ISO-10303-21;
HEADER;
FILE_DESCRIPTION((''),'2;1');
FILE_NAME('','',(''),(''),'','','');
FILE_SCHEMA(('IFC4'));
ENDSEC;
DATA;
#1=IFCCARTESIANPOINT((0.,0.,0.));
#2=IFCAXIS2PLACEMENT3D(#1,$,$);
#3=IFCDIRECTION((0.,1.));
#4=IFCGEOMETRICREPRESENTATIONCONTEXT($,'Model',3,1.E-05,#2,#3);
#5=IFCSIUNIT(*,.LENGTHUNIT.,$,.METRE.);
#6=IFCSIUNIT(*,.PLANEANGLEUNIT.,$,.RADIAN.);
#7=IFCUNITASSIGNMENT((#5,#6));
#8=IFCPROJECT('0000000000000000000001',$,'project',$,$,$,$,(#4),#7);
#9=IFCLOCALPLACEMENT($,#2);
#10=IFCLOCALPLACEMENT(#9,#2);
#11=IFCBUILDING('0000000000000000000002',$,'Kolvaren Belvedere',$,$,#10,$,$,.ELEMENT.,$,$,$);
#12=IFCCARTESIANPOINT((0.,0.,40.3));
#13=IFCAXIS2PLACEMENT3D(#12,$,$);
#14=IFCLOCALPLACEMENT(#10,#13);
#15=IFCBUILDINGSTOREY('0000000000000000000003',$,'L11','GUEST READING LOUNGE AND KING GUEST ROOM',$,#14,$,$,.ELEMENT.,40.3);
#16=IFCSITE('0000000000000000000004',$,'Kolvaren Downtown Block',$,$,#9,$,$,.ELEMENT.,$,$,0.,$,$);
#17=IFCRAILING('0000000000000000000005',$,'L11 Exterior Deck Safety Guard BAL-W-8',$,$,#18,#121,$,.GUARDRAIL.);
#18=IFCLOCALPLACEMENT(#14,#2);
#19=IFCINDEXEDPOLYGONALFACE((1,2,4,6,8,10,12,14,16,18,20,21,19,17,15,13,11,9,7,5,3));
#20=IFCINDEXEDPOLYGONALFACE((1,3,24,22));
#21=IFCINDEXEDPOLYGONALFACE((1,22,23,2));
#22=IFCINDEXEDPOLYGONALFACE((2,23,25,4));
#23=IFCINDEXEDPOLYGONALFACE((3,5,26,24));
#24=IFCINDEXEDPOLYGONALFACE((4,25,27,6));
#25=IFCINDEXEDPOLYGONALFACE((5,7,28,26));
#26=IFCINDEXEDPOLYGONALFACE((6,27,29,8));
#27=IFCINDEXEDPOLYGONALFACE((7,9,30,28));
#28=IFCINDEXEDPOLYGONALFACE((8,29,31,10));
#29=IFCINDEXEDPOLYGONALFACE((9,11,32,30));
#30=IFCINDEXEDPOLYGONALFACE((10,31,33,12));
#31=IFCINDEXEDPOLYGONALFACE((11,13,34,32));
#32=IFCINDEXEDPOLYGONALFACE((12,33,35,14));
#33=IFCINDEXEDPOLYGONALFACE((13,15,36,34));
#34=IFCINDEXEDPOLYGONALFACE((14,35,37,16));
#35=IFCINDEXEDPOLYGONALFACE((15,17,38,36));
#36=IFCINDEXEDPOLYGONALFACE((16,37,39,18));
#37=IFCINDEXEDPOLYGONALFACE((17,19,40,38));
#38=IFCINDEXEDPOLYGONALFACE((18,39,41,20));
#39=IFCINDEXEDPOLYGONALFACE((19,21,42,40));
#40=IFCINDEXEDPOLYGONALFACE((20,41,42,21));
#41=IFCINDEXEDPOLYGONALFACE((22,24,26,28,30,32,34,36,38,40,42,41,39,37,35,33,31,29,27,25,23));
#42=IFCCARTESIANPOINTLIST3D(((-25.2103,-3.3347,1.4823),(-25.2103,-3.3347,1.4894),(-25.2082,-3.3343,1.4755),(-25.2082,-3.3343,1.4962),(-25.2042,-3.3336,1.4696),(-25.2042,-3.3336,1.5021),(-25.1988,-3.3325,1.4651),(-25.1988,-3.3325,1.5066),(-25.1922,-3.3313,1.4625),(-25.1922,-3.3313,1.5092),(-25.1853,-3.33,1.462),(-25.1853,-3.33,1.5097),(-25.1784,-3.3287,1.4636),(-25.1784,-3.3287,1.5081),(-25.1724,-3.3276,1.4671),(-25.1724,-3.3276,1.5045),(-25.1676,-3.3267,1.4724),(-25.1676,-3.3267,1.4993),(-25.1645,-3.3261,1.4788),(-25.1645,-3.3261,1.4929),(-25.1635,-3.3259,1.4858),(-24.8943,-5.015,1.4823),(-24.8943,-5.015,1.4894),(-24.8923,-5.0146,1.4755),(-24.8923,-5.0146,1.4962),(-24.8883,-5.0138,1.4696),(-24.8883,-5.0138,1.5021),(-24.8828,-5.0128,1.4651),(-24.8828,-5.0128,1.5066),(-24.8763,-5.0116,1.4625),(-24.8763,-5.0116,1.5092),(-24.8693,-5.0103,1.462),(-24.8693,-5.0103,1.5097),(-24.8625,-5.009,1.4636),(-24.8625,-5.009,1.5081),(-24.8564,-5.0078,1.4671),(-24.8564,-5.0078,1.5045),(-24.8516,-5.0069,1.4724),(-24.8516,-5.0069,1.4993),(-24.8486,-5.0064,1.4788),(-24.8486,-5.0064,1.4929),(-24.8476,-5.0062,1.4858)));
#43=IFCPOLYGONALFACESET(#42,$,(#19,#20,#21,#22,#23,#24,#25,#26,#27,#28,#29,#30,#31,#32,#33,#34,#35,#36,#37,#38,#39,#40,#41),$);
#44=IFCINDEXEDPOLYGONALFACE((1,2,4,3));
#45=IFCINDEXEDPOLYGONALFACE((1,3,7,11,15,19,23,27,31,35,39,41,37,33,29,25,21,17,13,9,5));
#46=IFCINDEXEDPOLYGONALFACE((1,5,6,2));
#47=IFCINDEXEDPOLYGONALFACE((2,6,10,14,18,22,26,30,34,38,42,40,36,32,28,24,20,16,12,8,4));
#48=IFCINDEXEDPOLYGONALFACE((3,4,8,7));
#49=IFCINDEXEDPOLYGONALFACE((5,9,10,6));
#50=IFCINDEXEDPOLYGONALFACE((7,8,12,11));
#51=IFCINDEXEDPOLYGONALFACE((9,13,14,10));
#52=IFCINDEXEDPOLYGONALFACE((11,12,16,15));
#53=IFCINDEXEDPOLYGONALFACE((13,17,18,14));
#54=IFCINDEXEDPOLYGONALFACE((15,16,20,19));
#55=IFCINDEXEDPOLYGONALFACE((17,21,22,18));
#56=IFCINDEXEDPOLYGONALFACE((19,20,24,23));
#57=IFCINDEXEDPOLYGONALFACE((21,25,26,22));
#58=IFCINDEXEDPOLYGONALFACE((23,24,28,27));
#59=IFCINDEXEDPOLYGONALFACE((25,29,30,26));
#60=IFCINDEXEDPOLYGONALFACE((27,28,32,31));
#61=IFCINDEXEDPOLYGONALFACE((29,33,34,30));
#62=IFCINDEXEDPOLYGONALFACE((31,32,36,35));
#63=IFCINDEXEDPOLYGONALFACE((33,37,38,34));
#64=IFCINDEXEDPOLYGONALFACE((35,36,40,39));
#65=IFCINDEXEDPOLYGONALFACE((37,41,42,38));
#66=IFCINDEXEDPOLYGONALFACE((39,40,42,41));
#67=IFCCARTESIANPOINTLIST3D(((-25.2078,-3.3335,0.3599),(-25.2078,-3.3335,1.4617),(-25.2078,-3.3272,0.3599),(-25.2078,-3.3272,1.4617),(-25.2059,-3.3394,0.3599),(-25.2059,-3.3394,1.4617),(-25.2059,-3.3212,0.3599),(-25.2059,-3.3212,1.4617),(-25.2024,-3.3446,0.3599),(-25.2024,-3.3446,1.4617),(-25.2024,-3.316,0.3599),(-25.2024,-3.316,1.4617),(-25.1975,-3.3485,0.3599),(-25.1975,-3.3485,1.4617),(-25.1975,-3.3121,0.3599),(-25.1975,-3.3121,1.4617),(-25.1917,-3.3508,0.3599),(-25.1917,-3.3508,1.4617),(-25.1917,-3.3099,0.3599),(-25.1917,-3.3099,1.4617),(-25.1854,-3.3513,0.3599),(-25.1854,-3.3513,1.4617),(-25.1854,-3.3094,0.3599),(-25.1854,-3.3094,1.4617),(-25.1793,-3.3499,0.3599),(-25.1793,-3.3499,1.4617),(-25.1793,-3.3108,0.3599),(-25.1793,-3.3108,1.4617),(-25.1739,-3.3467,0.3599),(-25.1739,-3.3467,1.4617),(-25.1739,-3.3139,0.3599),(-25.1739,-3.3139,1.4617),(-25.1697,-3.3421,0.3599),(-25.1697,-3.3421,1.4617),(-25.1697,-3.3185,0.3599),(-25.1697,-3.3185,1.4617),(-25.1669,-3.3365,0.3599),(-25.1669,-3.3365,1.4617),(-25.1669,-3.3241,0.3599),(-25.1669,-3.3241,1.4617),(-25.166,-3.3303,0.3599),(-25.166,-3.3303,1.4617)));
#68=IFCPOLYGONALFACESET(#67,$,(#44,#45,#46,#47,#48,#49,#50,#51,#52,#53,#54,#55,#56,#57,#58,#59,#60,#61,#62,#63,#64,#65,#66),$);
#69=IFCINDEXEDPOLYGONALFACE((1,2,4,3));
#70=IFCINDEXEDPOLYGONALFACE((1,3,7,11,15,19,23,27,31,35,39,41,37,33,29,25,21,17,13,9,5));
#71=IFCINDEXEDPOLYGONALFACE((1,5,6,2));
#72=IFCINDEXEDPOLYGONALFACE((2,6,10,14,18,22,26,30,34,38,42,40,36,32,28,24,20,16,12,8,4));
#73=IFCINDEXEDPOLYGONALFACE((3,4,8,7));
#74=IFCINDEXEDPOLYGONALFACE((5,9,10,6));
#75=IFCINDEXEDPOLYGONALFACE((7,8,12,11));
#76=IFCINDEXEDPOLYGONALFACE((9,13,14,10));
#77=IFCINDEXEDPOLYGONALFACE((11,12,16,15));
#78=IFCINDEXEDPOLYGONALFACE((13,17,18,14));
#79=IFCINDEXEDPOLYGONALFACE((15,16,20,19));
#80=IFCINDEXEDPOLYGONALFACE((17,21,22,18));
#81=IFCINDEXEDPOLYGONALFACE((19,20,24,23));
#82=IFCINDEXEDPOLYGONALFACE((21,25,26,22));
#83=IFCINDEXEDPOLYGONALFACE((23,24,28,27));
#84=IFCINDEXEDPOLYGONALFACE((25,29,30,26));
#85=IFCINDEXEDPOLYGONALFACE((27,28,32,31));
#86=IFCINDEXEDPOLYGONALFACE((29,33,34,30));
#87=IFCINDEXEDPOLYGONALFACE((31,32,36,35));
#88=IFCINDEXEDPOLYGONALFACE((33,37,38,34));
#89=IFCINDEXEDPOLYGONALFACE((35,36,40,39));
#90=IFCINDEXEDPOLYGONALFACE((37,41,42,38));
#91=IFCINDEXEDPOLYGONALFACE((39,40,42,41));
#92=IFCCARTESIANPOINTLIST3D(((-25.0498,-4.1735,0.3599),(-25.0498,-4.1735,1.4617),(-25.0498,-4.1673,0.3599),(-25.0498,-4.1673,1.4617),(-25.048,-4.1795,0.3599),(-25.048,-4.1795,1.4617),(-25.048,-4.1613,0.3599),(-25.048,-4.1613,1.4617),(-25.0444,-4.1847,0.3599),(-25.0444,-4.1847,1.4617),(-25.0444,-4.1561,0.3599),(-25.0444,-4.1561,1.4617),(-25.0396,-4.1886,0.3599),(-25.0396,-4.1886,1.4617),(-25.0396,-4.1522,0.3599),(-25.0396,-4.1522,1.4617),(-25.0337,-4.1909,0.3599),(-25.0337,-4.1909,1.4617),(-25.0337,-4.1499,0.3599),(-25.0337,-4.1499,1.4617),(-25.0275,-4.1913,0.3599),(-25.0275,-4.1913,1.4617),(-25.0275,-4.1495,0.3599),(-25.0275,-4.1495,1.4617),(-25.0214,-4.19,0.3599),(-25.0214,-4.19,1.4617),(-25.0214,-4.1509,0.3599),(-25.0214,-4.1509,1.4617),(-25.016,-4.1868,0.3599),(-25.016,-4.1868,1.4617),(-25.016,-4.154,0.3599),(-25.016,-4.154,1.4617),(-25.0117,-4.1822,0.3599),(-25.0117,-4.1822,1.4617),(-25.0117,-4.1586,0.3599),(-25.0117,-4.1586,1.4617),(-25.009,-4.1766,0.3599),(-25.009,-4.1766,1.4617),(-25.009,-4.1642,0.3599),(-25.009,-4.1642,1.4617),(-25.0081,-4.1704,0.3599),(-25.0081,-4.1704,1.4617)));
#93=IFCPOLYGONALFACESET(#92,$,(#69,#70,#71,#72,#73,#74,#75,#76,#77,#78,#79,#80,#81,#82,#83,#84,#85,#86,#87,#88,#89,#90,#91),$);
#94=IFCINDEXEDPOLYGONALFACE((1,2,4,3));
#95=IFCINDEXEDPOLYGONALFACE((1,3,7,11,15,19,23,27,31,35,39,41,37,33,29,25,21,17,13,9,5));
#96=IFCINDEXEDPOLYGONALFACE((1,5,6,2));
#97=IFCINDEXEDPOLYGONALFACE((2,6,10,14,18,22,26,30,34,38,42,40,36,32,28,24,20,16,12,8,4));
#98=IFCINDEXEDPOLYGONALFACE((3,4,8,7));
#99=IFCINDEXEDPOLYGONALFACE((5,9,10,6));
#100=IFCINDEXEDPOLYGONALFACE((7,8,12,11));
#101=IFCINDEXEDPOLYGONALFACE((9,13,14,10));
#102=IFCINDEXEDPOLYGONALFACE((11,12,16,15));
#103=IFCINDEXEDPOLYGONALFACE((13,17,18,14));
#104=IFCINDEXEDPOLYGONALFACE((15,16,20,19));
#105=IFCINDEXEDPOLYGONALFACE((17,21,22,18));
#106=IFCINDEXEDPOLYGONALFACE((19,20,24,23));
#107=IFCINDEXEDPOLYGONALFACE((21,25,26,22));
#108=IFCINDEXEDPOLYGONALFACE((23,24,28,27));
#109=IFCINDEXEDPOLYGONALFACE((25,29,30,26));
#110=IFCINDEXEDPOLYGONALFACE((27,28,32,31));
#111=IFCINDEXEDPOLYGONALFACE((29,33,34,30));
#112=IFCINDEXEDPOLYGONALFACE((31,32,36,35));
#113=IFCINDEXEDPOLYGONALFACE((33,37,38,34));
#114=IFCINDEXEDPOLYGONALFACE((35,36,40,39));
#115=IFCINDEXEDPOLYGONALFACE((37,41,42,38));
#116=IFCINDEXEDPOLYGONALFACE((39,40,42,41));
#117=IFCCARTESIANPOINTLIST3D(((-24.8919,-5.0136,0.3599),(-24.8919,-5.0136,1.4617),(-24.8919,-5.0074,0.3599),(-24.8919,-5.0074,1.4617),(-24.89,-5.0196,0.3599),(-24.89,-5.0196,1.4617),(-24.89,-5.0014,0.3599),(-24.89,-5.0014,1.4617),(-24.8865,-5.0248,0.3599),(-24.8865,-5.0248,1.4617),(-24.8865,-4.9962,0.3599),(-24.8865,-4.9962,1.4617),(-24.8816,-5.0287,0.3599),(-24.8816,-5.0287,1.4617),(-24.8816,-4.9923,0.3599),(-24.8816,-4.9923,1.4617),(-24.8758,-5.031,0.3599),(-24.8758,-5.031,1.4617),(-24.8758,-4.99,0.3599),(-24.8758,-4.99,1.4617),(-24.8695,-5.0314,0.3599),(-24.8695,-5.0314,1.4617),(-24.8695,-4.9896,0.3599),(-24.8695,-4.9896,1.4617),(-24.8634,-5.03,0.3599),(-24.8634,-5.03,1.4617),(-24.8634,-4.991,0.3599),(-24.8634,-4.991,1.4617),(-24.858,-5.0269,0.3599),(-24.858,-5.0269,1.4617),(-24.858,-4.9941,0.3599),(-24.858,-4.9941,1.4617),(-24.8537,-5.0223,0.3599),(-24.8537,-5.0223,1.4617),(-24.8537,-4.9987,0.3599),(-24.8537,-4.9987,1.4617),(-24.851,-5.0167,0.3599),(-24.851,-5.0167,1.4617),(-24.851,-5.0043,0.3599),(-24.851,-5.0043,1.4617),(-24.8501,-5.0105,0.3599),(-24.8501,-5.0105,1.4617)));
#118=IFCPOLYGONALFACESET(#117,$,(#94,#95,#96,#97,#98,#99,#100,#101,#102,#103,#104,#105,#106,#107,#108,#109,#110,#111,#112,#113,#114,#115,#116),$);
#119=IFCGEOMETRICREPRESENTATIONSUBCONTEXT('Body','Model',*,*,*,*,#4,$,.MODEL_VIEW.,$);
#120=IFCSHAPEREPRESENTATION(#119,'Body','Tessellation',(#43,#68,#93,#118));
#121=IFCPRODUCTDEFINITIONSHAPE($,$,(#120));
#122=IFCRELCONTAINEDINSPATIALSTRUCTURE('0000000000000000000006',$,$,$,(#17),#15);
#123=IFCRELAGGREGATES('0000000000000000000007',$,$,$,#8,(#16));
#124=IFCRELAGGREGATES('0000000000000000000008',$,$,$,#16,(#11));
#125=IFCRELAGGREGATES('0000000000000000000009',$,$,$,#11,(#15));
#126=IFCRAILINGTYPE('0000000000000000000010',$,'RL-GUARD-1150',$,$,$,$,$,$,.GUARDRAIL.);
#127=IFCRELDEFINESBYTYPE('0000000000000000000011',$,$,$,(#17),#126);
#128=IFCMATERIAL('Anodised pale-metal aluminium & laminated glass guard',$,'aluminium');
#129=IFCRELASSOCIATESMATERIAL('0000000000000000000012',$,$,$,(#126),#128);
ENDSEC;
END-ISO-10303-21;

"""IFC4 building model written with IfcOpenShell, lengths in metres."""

from ifc_helpers import new_model, si_unit, direction, frame, origin, origin_2d, place, context, subcontext, project, spatial, circle, extrude, material, type_object, element, save


model = new_model("IFC4")

# Units and contexts
model_context = context("Model", 3, precision=1e-05, world=origin(), true_north=direction((0.0, 1.0)))
body_context = subcontext(model_context, "Body", "Model", "MODEL_VIEW")
ifc_project = project(units=[si_unit("LENGTHUNIT", "METRE"), si_unit("PLANEANGLEUNIT", "RADIAN")], contexts=[model_context])

# Site, building, storey
site_placement = place(None, origin())
site = spatial("IfcSite", under=ifc_project, at=site_placement, Name="Kolvaren Downtown Block", CompositionType="ELEMENT", RefElevation=0.0)
building_placement = place(site_placement, origin())
building = spatial("IfcBuilding", under=site, at=building_placement, Name="Kolvaren Belvedere", CompositionType="ELEMENT")
storey_placement = place(building_placement, frame((0.0, 0.0, 40.3)))
storey = spatial("IfcBuildingStorey", under=building, at=storey_placement, Name="L11", Description="GUEST READING LOUNGE AND KING GUEST ROOM", CompositionType="ELEMENT", Elevation=40.3)

# Railing
ifc_material_1 = material(Name="Anodised pale-metal aluminium & laminated glass guard", Category="aluminium")
railing_type = type_object("IfcRailingType", Name="RL-GUARD-1150", PredefinedType="GUARDRAIL", material=ifc_material_1)
railing_1_placement = place(storey_placement, frame((-25.187, -3.3303, 0.3599)))
element("IfcRailing", 1, at=railing_1_placement, inside=storey, type_object=railing_type, Name="L11 Exterior Deck Safety Guard BAL-W-8", PredefinedType="GUARDRAIL", context=body_context, shape_type="SweptSolid", body=[
    extrude(circle(Radius=0.0239, at=origin_2d()), frame((0.0, 0.0, 1.126), z_axis=(0.184789, -0.982778, 0.0), x_axis=(0.982778, 0.184789, 0.0)), (0.0, 0.0, 1.0), 1.7097),
    extrude(circle(Radius=0.021, at=origin_2d()), origin(), (0.0, 0.0, 1.0), 1.1018),
    extrude(circle(Radius=0.021, at=origin_2d()), frame((0.158, -0.8401, 0.0)), (0.0, 0.0, 1.0), 1.1018),
    extrude(circle(Radius=0.021, at=origin_2d()), frame((0.3159, -1.6802, 0.0)), (0.0, 0.0, 1.0), 1.1018),
])

save(model, "model.ifc")
